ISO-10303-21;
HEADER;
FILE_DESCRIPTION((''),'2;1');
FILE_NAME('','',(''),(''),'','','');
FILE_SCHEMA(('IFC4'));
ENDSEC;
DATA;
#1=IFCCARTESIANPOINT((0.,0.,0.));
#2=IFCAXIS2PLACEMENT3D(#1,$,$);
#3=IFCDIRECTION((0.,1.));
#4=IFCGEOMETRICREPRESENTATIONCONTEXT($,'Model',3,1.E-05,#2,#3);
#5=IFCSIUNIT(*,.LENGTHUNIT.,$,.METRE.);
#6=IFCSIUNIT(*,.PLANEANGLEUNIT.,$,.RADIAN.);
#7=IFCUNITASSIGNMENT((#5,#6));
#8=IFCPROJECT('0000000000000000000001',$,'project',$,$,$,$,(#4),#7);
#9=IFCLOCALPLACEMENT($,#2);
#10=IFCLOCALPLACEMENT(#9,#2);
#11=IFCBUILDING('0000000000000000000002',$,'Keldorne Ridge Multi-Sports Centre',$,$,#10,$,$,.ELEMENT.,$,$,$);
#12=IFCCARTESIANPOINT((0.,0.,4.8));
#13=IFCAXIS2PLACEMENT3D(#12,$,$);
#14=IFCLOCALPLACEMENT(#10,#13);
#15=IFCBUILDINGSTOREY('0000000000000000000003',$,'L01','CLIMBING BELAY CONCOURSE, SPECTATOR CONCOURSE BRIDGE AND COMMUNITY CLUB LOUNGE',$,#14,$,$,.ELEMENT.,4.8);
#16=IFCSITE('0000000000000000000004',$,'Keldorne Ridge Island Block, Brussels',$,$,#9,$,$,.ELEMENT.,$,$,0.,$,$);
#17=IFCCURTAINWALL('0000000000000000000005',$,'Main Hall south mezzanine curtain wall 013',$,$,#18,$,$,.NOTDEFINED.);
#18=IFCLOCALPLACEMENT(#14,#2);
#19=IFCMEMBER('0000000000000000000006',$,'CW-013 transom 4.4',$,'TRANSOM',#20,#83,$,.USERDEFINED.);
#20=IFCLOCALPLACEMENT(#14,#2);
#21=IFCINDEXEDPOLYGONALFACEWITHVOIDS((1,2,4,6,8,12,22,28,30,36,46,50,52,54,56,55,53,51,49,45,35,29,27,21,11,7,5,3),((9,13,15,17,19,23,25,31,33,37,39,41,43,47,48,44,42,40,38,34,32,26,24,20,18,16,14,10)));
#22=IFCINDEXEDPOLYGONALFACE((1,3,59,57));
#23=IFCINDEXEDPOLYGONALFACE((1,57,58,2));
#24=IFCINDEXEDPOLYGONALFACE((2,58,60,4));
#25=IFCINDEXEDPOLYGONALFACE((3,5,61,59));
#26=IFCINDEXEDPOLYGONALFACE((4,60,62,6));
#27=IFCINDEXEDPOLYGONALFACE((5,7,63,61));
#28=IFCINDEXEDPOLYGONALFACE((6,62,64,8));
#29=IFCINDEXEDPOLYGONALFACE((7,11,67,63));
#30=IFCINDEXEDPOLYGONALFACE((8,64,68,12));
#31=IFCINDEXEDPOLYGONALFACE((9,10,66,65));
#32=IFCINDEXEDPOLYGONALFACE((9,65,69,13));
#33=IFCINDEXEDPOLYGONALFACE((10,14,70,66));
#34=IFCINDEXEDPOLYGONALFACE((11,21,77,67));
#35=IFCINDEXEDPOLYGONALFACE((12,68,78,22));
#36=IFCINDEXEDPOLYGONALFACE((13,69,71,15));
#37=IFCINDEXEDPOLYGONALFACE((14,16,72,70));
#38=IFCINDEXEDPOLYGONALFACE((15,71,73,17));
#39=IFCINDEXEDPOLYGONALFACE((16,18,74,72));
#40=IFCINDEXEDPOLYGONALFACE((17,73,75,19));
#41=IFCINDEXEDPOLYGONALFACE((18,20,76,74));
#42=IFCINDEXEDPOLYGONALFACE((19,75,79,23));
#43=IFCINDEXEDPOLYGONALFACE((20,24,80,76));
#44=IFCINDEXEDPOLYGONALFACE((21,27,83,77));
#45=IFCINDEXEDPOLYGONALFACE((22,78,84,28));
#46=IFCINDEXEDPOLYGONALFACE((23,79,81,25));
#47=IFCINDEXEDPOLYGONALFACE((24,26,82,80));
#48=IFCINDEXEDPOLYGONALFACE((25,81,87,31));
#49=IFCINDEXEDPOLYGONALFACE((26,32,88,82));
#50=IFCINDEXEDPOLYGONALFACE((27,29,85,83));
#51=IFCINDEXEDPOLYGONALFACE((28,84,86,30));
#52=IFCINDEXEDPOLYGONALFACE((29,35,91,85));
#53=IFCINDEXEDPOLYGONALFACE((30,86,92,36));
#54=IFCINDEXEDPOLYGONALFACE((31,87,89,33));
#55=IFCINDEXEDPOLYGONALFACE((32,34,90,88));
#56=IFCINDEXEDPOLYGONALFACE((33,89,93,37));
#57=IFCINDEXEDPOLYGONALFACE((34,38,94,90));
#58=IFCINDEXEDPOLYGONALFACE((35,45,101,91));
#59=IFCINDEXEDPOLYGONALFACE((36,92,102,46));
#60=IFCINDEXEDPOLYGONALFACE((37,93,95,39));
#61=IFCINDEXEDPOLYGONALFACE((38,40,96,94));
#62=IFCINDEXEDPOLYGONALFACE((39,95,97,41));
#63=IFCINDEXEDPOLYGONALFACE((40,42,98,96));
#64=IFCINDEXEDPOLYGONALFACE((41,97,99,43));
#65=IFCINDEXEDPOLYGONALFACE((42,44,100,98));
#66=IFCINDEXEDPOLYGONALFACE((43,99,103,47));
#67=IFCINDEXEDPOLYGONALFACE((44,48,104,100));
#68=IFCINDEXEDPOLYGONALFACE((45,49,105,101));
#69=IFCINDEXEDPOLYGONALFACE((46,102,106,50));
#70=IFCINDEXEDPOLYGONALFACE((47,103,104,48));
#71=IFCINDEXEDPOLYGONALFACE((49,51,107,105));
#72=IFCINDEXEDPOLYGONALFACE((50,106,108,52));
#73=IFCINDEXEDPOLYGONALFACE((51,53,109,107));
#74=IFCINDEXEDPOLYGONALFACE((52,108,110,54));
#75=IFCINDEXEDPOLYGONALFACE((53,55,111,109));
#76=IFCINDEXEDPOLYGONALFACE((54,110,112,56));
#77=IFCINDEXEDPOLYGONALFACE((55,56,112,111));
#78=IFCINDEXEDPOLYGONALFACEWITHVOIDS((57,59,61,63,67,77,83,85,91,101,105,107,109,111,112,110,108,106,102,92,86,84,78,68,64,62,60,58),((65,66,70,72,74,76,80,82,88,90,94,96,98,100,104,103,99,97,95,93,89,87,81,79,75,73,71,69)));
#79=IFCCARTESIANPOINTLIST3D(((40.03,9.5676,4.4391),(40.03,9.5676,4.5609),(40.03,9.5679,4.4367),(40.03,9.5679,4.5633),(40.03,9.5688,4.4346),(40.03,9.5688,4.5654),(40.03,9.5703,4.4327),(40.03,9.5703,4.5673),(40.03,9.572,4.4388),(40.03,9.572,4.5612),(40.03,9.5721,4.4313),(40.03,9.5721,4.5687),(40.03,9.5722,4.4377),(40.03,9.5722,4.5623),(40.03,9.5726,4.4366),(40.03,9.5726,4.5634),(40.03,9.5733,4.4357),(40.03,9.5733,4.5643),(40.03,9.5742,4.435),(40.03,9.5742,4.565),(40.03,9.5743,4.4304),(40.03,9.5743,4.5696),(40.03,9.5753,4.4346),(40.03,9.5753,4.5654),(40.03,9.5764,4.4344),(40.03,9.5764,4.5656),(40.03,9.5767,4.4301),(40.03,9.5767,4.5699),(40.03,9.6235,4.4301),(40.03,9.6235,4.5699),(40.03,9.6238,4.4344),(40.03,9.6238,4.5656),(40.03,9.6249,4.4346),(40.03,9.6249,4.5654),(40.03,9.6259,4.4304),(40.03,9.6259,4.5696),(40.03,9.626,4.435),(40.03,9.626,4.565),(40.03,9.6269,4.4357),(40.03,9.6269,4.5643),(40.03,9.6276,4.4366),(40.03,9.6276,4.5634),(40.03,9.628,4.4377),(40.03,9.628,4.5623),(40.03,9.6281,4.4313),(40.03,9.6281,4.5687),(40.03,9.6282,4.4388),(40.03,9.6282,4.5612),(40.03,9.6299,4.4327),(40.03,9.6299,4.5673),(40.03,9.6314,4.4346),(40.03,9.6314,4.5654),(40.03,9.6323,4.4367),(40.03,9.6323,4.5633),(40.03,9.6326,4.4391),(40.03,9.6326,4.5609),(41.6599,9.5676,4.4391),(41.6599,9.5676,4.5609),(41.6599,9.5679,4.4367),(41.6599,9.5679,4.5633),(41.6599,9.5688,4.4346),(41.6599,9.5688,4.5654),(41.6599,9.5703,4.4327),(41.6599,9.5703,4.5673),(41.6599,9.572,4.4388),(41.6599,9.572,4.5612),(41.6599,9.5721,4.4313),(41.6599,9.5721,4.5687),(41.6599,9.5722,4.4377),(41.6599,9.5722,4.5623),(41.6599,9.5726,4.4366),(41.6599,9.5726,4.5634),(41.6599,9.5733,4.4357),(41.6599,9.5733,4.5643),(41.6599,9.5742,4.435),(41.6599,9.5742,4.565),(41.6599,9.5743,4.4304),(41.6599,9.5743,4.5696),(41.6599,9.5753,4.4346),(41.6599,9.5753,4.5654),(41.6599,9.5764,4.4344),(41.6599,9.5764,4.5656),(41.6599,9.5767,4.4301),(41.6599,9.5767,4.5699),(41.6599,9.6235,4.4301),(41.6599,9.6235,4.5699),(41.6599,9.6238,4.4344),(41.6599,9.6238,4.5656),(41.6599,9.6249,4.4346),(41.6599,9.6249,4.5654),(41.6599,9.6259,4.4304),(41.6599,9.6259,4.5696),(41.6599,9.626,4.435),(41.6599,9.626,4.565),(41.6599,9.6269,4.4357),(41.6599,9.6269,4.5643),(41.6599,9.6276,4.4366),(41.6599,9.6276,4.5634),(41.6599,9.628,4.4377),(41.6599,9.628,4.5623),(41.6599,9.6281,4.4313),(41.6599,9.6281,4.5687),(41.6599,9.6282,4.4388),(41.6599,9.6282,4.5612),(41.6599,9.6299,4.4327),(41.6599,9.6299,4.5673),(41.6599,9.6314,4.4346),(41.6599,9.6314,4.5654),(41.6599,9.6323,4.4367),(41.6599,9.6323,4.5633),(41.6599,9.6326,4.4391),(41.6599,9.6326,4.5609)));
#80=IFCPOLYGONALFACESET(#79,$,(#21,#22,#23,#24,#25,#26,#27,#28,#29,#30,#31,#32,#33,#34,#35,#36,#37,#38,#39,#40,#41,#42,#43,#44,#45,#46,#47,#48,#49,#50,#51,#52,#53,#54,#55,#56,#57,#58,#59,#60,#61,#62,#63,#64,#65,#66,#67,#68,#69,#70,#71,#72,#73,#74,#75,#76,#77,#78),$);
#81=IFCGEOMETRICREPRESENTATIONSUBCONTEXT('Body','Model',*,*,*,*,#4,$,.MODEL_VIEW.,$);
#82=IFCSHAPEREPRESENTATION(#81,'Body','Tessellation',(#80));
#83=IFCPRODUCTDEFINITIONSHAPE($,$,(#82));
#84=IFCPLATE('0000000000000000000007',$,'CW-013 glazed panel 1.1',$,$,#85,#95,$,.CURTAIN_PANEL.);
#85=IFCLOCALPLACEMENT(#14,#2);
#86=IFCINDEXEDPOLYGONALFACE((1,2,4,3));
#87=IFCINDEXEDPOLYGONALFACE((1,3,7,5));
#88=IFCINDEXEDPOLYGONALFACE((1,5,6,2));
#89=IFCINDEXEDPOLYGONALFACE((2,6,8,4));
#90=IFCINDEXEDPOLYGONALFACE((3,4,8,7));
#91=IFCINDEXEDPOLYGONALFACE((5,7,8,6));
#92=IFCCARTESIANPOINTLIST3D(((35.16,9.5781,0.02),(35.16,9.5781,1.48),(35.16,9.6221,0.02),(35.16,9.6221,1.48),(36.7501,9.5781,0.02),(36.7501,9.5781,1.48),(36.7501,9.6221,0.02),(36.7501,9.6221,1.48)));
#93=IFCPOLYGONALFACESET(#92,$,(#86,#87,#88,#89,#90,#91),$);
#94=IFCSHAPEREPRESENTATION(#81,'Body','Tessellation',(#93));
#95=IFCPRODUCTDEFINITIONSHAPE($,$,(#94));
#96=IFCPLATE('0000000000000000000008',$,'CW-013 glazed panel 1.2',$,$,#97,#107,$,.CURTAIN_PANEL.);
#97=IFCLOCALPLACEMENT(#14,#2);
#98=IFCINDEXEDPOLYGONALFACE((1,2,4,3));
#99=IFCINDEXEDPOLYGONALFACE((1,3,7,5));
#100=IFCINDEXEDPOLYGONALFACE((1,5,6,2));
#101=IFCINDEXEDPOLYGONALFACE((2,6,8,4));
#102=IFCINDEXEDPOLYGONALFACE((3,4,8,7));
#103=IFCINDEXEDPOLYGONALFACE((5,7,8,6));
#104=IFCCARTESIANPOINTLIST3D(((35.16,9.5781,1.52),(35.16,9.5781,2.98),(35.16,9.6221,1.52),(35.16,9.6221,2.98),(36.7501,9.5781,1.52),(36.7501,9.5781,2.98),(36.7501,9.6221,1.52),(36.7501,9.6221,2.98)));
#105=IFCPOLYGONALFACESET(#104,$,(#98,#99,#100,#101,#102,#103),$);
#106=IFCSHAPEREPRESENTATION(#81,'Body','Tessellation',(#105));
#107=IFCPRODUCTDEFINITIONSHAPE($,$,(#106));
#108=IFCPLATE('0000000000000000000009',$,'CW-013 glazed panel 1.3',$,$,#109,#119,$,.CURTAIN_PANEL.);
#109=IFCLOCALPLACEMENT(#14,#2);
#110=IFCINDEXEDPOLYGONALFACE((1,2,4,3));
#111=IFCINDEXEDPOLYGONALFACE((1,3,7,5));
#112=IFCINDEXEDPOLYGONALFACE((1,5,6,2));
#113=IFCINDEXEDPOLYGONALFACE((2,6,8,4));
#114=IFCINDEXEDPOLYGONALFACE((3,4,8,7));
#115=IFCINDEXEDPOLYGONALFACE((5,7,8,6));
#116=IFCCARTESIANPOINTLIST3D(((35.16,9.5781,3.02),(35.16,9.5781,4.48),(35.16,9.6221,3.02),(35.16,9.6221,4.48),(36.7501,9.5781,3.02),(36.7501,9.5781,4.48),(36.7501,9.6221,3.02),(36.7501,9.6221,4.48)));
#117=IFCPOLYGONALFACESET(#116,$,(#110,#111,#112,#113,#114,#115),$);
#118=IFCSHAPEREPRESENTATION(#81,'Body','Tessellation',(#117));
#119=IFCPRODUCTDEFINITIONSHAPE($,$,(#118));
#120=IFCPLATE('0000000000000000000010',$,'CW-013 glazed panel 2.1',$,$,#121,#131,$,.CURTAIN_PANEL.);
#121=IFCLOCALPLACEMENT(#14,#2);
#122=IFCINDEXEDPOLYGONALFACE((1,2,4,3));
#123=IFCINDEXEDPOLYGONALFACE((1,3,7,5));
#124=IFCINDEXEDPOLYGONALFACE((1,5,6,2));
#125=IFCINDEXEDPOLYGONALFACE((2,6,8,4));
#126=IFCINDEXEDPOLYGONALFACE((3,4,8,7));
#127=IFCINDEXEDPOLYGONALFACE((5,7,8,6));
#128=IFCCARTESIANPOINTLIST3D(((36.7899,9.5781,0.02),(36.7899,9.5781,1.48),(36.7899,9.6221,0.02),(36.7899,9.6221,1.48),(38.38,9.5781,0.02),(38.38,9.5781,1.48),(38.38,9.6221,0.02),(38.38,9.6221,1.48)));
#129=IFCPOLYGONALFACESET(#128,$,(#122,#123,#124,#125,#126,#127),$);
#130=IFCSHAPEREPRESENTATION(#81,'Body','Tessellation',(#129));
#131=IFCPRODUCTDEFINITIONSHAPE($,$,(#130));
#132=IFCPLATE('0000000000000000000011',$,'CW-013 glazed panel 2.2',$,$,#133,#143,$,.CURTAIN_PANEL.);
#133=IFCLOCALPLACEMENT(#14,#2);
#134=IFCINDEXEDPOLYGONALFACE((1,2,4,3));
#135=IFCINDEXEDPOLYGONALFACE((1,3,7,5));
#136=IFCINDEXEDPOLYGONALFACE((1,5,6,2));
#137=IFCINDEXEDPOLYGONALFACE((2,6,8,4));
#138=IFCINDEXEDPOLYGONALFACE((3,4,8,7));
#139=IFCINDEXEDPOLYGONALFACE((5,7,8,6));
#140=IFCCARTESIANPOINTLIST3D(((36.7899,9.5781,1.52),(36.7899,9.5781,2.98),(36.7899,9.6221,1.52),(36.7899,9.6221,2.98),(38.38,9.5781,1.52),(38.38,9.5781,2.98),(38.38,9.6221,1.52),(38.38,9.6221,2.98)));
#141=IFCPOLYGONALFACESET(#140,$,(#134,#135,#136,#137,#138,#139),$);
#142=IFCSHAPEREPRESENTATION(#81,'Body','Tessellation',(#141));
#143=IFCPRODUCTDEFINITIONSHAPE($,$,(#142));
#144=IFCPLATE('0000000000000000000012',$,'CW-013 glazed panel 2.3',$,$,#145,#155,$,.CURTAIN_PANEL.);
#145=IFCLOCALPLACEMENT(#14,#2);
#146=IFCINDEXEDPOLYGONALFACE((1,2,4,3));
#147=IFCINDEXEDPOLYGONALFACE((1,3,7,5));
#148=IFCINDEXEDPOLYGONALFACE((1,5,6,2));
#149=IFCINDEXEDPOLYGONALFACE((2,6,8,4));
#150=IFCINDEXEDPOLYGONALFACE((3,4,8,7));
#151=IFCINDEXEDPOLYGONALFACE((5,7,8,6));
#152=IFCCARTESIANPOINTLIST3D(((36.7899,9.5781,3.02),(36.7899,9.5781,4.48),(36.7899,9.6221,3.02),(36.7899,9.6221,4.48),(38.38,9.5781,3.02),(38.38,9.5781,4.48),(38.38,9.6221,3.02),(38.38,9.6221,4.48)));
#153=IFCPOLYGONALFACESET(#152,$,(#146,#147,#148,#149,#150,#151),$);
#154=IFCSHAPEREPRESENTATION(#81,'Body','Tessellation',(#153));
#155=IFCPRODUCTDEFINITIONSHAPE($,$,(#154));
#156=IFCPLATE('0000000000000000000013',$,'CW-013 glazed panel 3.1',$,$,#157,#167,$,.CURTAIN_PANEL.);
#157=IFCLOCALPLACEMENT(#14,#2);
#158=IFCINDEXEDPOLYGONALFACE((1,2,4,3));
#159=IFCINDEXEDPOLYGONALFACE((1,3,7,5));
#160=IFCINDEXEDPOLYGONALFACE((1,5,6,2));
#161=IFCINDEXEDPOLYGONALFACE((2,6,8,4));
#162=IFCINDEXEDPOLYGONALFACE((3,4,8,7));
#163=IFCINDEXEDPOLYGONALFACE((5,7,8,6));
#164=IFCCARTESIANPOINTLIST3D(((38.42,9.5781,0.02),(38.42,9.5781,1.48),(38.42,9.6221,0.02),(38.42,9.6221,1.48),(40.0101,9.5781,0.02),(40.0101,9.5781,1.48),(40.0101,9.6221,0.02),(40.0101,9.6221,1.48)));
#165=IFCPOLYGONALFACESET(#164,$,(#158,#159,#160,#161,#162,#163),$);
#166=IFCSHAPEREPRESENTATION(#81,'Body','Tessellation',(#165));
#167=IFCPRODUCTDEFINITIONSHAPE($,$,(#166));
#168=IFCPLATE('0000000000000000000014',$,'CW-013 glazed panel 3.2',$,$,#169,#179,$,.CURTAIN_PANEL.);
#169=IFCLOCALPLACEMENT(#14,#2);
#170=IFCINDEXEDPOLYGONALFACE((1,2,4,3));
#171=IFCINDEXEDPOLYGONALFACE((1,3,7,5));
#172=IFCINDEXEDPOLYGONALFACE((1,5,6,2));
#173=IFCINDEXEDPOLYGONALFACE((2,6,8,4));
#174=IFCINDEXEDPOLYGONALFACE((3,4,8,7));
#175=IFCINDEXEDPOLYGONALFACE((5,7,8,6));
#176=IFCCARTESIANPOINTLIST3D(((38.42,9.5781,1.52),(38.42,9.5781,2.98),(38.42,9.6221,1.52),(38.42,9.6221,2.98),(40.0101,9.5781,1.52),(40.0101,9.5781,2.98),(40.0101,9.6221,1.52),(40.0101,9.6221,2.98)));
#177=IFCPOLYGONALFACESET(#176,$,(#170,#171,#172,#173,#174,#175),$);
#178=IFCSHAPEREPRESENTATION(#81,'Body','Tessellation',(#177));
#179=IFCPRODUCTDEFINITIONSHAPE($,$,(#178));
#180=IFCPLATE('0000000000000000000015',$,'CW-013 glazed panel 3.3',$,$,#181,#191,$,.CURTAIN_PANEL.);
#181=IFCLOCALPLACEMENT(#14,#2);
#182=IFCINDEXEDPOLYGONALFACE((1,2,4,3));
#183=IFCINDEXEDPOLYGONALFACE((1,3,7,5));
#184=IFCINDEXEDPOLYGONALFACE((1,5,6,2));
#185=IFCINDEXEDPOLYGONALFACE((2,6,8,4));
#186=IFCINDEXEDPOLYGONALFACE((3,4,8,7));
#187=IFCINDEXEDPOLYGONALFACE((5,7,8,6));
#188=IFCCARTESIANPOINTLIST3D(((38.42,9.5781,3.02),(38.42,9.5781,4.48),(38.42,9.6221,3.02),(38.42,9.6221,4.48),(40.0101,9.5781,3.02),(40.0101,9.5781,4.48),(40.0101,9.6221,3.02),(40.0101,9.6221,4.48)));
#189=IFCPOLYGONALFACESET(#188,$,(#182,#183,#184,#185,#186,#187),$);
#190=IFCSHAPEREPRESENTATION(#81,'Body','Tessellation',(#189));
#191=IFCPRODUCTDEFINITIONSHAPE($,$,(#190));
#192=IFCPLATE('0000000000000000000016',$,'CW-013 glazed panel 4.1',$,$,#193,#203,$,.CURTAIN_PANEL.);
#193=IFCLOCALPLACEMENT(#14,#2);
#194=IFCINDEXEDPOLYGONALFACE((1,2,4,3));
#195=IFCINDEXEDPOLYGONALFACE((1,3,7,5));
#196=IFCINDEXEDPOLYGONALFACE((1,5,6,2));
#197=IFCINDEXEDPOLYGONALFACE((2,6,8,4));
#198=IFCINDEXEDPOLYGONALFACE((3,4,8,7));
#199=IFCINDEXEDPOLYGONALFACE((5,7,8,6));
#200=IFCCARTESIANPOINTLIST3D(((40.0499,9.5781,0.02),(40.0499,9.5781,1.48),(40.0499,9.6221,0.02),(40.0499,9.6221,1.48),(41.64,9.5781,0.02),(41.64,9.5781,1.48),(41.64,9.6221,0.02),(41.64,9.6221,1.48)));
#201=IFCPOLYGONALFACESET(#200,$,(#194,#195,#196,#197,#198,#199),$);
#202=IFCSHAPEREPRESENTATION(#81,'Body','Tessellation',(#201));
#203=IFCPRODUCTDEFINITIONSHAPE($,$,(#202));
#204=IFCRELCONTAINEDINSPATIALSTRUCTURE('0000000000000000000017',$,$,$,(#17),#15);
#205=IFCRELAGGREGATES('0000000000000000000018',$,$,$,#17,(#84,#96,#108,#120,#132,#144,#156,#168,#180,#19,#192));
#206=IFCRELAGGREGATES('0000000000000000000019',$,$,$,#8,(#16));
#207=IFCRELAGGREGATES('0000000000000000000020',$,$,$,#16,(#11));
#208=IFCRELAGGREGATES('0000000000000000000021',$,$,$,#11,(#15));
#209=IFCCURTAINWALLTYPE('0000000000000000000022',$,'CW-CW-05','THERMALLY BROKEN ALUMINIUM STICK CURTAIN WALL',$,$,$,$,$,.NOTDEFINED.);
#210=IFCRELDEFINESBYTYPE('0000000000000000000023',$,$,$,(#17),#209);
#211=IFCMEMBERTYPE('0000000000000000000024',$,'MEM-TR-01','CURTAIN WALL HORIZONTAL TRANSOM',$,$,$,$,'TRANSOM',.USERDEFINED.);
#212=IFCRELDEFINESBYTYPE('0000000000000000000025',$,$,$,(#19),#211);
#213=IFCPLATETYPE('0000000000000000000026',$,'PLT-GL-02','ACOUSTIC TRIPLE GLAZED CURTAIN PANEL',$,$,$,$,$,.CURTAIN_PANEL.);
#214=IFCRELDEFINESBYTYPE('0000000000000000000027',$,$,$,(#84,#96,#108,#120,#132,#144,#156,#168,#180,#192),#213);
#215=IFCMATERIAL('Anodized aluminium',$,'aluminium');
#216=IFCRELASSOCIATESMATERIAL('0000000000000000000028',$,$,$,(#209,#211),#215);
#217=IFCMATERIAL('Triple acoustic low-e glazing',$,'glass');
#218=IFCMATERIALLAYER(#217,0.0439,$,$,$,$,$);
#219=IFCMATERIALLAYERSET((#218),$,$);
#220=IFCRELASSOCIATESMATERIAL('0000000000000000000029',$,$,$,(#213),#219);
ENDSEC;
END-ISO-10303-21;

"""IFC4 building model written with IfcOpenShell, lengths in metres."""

from ifc_helpers import new_model, si_unit, direction, frame, origin, origin_2d, place, context, subcontext, project, spatial, rectangle, hollow_rectangle, extrude, material, layer, layer_set, material_profile, profile_set, type_object, element, aggregate, save


model = new_model("IFC4")

# Units and contexts
model_context = context("Model", 3, precision=1e-05, world=origin(), true_north=direction((0.0, 1.0)))
body_context = subcontext(model_context, "Body", "Model", "MODEL_VIEW")
ifc_project = project(units=[si_unit("LENGTHUNIT", "METRE"), si_unit("PLANEANGLEUNIT", "RADIAN")], contexts=[model_context])

# Site, building, storey
site_placement = place(None, origin())
site = spatial("IfcSite", under=ifc_project, at=site_placement, Name="Keldorne Ridge Island Block, Brussels", CompositionType="ELEMENT", RefElevation=0.0)
building_placement = place(site_placement, origin())
building = spatial("IfcBuilding", under=site, at=building_placement, Name="Keldorne Ridge Multi-Sports Centre", CompositionType="ELEMENT")
storey_placement = place(building_placement, frame((0.0, 0.0, 4.8)))
storey = spatial("IfcBuildingStorey", under=building, at=storey_placement, Name="L01", Description="CLIMBING BELAY CONCOURSE, SPECTATOR CONCOURSE BRIDGE AND COMMUNITY CLUB LOUNGE", CompositionType="ELEMENT", Elevation=4.8)

# Curtain wall, member, plates
ifc_material_1 = material(Name="Anodized aluminium", Category="aluminium")
curtain_wall_type = type_object("IfcCurtainWallType", Name="CW-CW-05", Description="THERMALLY BROKEN ALUMINIUM STICK CURTAIN WALL", PredefinedType="NOTDEFINED", material=ifc_material_1)
curtain_wall_placement = place(storey_placement, origin())
curtain_wall = element("IfcCurtainWall", 1, at=curtain_wall_placement, inside=storey, type_object=curtain_wall_type, Name="Main Hall south mezzanine curtain wall 013", PredefinedType="NOTDEFINED")
ifc_material_profile_1 = material_profile(ifc_material_1, hollow_rectangle(XDim=0.0649, YDim=0.1399, WallThickness=0.0044, InnerFilletRadius=0.0044, OuterFilletRadius=0.009, at=origin_2d()), Name="ALU TRANSOM 140x65x4.5")
ifc_profile_set_1 = profile_set([ifc_material_profile_1], Name="Anodized aluminium")
member_type_1 = type_object("IfcMemberType", Name="MEM-TR-01", Description="CURTAIN WALL HORIZONTAL TRANSOM", ElementType="TRANSOM", PredefinedType="USERDEFINED", material=ifc_profile_set_1)
member_1_placement = place(storey_placement, frame((40.03, 9.6001, 4.5), z_axis=(1.0, 0.0, 0.0), x_axis=(0.0, 1.0, 0.0)))
member_1 = element("IfcMember", 2, at=member_1_placement, type_object=member_type_1, Name="CW-013 transom 4.4", ObjectType="TRANSOM", PredefinedType="USERDEFINED", context=body_context, shape_type="SweptSolid", body=[
    extrude(hollow_rectangle(XDim=0.0649, YDim=0.1399, WallThickness=0.0044, InnerFilletRadius=0.0044, OuterFilletRadius=0.009, at=origin_2d()), origin(), (0.0, 0.0, 1.0), 1.6299),
])
ifc_material_2 = material(Name="Triple acoustic low-e glazing", Category="glass")
ifc_layer_1 = layer(ifc_material_2, 0.0439)
ifc_layer_set_1 = layer_set([ifc_layer_1])
plate_type_1 = type_object("IfcPlateType", Name="PLT-GL-02", Description="ACOUSTIC TRIPLE GLAZED CURTAIN PANEL", PredefinedType="CURTAIN_PANEL", material=ifc_layer_set_1)
plate_1_placement = place(storey_placement, frame((35.9551, 9.6001, 0.02), z_axis=(0.0, 0.0, 1.0), x_axis=(1.0, 0.0, 0.0)))
plate_1 = element("IfcPlate", 3, at=plate_1_placement, type_object=plate_type_1, Name="CW-013 glazed panel 1.1", PredefinedType="CURTAIN_PANEL", context=body_context, shape_type="SweptSolid", body=[
    extrude(rectangle(XDim=1.5901, YDim=0.0439, at=origin_2d()), origin(), (0.0, 0.0, 1.0), 1.46),
])
plate_2_placement = place(storey_placement, frame((35.9551, 9.6001, 1.52), z_axis=(0.0, 0.0, 1.0), x_axis=(1.0, 0.0, 0.0)))
plate_2 = element("IfcPlate", 4, at=plate_2_placement, type_object=plate_type_1, Name="CW-013 glazed panel 1.2", PredefinedType="CURTAIN_PANEL", context=body_context, shape_type="SweptSolid", body=[
    extrude(rectangle(XDim=1.5901, YDim=0.0439, at=origin_2d()), origin(), (0.0, 0.0, 1.0), 1.46),
])
plate_3_placement = place(storey_placement, frame((35.9551, 9.6001, 3.02), z_axis=(0.0, 0.0, 1.0), x_axis=(1.0, 0.0, 0.0)))
plate_3 = element("IfcPlate", 5, at=plate_3_placement, type_object=plate_type_1, Name="CW-013 glazed panel 1.3", PredefinedType="CURTAIN_PANEL", context=body_context, shape_type="SweptSolid", body=[
    extrude(rectangle(XDim=1.5901, YDim=0.0439, at=origin_2d()), origin(), (0.0, 0.0, 1.0), 1.46),
])
plate_4_placement = place(storey_placement, frame((37.585, 9.6001, 0.02), z_axis=(0.0, 0.0, 1.0), x_axis=(1.0, 0.0, 0.0)))
plate_4 = element("IfcPlate", 6, at=plate_4_placement, type_object=plate_type_1, Name="CW-013 glazed panel 2.1", PredefinedType="CURTAIN_PANEL", context=body_context, shape_type="SweptSolid", body=[
    extrude(rectangle(XDim=1.5901, YDim=0.0439, at=origin_2d()), origin(), (0.0, 0.0, 1.0), 1.46),
])
plate_5_placement = place(storey_placement, frame((37.585, 9.6001, 1.52), z_axis=(0.0, 0.0, 1.0), x_axis=(1.0, 0.0, 0.0)))
plate_5 = element("IfcPlate", 7, at=plate_5_placement, type_object=plate_type_1, Name="CW-013 glazed panel 2.2", PredefinedType="CURTAIN_PANEL", context=body_context, shape_type="SweptSolid", body=[
    extrude(rectangle(XDim=1.5901, YDim=0.0439, at=origin_2d()), origin(), (0.0, 0.0, 1.0), 1.46),
])
plate_6_placement = place(storey_placement, frame((37.585, 9.6001, 3.02), z_axis=(0.0, 0.0, 1.0), x_axis=(1.0, 0.0, 0.0)))
plate_6 = element("IfcPlate", 8, at=plate_6_placement, type_object=plate_type_1, Name="CW-013 glazed panel 2.3", PredefinedType="CURTAIN_PANEL", context=body_context, shape_type="SweptSolid", body=[
    extrude(rectangle(XDim=1.5901, YDim=0.0439, at=origin_2d()), origin(), (0.0, 0.0, 1.0), 1.46),
])
plate_7_placement = place(storey_placement, frame((39.2151, 9.6001, 0.02), z_axis=(0.0, 0.0, 1.0), x_axis=(1.0, 0.0, 0.0)))
plate_7 = element("IfcPlate", 9, at=plate_7_placement, type_object=plate_type_1, Name="CW-013 glazed panel 3.1", PredefinedType="CURTAIN_PANEL", context=body_context, shape_type="SweptSolid", body=[
    extrude(rectangle(XDim=1.5901, YDim=0.0439, at=origin_2d()), origin(), (0.0, 0.0, 1.0), 1.46),
])
plate_8_placement = place(storey_placement, frame((39.2151, 9.6001, 1.52), z_axis=(0.0, 0.0, 1.0), x_axis=(1.0, 0.0, 0.0)))
plate_8 = element("IfcPlate", 10, at=plate_8_placement, type_object=plate_type_1, Name="CW-013 glazed panel 3.2", PredefinedType="CURTAIN_PANEL", context=body_context, shape_type="SweptSolid", body=[
    extrude(rectangle(XDim=1.5901, YDim=0.0439, at=origin_2d()), origin(), (0.0, 0.0, 1.0), 1.46),
])
plate_9_placement = place(storey_placement, frame((39.2151, 9.6001, 3.02), z_axis=(0.0, 0.0, 1.0), x_axis=(1.0, 0.0, 0.0)))
plate_9 = element("IfcPlate", 11, at=plate_9_placement, type_object=plate_type_1, Name="CW-013 glazed panel 3.3", PredefinedType="CURTAIN_PANEL", context=body_context, shape_type="SweptSolid", body=[
    extrude(rectangle(XDim=1.5901, YDim=0.0439, at=origin_2d()), origin(), (0.0, 0.0, 1.0), 1.46),
])
plate_10_placement = place(storey_placement, frame((40.845, 9.6001, 0.02), z_axis=(0.0, 0.0, 1.0), x_axis=(1.0, 0.0, 0.0)))
plate_10 = element("IfcPlate", 12, at=plate_10_placement, type_object=plate_type_1, Name="CW-013 glazed panel 4.1", PredefinedType="CURTAIN_PANEL", context=body_context, shape_type="SweptSolid", body=[
    extrude(rectangle(XDim=1.5901, YDim=0.0439, at=origin_2d()), origin(), (0.0, 0.0, 1.0), 1.46),
])
aggregate(curtain_wall, [plate_1, plate_2, plate_3, plate_4, plate_5, plate_6, plate_7, plate_8, plate_9, member_1, plate_10])

save(model, "model.ifc")
